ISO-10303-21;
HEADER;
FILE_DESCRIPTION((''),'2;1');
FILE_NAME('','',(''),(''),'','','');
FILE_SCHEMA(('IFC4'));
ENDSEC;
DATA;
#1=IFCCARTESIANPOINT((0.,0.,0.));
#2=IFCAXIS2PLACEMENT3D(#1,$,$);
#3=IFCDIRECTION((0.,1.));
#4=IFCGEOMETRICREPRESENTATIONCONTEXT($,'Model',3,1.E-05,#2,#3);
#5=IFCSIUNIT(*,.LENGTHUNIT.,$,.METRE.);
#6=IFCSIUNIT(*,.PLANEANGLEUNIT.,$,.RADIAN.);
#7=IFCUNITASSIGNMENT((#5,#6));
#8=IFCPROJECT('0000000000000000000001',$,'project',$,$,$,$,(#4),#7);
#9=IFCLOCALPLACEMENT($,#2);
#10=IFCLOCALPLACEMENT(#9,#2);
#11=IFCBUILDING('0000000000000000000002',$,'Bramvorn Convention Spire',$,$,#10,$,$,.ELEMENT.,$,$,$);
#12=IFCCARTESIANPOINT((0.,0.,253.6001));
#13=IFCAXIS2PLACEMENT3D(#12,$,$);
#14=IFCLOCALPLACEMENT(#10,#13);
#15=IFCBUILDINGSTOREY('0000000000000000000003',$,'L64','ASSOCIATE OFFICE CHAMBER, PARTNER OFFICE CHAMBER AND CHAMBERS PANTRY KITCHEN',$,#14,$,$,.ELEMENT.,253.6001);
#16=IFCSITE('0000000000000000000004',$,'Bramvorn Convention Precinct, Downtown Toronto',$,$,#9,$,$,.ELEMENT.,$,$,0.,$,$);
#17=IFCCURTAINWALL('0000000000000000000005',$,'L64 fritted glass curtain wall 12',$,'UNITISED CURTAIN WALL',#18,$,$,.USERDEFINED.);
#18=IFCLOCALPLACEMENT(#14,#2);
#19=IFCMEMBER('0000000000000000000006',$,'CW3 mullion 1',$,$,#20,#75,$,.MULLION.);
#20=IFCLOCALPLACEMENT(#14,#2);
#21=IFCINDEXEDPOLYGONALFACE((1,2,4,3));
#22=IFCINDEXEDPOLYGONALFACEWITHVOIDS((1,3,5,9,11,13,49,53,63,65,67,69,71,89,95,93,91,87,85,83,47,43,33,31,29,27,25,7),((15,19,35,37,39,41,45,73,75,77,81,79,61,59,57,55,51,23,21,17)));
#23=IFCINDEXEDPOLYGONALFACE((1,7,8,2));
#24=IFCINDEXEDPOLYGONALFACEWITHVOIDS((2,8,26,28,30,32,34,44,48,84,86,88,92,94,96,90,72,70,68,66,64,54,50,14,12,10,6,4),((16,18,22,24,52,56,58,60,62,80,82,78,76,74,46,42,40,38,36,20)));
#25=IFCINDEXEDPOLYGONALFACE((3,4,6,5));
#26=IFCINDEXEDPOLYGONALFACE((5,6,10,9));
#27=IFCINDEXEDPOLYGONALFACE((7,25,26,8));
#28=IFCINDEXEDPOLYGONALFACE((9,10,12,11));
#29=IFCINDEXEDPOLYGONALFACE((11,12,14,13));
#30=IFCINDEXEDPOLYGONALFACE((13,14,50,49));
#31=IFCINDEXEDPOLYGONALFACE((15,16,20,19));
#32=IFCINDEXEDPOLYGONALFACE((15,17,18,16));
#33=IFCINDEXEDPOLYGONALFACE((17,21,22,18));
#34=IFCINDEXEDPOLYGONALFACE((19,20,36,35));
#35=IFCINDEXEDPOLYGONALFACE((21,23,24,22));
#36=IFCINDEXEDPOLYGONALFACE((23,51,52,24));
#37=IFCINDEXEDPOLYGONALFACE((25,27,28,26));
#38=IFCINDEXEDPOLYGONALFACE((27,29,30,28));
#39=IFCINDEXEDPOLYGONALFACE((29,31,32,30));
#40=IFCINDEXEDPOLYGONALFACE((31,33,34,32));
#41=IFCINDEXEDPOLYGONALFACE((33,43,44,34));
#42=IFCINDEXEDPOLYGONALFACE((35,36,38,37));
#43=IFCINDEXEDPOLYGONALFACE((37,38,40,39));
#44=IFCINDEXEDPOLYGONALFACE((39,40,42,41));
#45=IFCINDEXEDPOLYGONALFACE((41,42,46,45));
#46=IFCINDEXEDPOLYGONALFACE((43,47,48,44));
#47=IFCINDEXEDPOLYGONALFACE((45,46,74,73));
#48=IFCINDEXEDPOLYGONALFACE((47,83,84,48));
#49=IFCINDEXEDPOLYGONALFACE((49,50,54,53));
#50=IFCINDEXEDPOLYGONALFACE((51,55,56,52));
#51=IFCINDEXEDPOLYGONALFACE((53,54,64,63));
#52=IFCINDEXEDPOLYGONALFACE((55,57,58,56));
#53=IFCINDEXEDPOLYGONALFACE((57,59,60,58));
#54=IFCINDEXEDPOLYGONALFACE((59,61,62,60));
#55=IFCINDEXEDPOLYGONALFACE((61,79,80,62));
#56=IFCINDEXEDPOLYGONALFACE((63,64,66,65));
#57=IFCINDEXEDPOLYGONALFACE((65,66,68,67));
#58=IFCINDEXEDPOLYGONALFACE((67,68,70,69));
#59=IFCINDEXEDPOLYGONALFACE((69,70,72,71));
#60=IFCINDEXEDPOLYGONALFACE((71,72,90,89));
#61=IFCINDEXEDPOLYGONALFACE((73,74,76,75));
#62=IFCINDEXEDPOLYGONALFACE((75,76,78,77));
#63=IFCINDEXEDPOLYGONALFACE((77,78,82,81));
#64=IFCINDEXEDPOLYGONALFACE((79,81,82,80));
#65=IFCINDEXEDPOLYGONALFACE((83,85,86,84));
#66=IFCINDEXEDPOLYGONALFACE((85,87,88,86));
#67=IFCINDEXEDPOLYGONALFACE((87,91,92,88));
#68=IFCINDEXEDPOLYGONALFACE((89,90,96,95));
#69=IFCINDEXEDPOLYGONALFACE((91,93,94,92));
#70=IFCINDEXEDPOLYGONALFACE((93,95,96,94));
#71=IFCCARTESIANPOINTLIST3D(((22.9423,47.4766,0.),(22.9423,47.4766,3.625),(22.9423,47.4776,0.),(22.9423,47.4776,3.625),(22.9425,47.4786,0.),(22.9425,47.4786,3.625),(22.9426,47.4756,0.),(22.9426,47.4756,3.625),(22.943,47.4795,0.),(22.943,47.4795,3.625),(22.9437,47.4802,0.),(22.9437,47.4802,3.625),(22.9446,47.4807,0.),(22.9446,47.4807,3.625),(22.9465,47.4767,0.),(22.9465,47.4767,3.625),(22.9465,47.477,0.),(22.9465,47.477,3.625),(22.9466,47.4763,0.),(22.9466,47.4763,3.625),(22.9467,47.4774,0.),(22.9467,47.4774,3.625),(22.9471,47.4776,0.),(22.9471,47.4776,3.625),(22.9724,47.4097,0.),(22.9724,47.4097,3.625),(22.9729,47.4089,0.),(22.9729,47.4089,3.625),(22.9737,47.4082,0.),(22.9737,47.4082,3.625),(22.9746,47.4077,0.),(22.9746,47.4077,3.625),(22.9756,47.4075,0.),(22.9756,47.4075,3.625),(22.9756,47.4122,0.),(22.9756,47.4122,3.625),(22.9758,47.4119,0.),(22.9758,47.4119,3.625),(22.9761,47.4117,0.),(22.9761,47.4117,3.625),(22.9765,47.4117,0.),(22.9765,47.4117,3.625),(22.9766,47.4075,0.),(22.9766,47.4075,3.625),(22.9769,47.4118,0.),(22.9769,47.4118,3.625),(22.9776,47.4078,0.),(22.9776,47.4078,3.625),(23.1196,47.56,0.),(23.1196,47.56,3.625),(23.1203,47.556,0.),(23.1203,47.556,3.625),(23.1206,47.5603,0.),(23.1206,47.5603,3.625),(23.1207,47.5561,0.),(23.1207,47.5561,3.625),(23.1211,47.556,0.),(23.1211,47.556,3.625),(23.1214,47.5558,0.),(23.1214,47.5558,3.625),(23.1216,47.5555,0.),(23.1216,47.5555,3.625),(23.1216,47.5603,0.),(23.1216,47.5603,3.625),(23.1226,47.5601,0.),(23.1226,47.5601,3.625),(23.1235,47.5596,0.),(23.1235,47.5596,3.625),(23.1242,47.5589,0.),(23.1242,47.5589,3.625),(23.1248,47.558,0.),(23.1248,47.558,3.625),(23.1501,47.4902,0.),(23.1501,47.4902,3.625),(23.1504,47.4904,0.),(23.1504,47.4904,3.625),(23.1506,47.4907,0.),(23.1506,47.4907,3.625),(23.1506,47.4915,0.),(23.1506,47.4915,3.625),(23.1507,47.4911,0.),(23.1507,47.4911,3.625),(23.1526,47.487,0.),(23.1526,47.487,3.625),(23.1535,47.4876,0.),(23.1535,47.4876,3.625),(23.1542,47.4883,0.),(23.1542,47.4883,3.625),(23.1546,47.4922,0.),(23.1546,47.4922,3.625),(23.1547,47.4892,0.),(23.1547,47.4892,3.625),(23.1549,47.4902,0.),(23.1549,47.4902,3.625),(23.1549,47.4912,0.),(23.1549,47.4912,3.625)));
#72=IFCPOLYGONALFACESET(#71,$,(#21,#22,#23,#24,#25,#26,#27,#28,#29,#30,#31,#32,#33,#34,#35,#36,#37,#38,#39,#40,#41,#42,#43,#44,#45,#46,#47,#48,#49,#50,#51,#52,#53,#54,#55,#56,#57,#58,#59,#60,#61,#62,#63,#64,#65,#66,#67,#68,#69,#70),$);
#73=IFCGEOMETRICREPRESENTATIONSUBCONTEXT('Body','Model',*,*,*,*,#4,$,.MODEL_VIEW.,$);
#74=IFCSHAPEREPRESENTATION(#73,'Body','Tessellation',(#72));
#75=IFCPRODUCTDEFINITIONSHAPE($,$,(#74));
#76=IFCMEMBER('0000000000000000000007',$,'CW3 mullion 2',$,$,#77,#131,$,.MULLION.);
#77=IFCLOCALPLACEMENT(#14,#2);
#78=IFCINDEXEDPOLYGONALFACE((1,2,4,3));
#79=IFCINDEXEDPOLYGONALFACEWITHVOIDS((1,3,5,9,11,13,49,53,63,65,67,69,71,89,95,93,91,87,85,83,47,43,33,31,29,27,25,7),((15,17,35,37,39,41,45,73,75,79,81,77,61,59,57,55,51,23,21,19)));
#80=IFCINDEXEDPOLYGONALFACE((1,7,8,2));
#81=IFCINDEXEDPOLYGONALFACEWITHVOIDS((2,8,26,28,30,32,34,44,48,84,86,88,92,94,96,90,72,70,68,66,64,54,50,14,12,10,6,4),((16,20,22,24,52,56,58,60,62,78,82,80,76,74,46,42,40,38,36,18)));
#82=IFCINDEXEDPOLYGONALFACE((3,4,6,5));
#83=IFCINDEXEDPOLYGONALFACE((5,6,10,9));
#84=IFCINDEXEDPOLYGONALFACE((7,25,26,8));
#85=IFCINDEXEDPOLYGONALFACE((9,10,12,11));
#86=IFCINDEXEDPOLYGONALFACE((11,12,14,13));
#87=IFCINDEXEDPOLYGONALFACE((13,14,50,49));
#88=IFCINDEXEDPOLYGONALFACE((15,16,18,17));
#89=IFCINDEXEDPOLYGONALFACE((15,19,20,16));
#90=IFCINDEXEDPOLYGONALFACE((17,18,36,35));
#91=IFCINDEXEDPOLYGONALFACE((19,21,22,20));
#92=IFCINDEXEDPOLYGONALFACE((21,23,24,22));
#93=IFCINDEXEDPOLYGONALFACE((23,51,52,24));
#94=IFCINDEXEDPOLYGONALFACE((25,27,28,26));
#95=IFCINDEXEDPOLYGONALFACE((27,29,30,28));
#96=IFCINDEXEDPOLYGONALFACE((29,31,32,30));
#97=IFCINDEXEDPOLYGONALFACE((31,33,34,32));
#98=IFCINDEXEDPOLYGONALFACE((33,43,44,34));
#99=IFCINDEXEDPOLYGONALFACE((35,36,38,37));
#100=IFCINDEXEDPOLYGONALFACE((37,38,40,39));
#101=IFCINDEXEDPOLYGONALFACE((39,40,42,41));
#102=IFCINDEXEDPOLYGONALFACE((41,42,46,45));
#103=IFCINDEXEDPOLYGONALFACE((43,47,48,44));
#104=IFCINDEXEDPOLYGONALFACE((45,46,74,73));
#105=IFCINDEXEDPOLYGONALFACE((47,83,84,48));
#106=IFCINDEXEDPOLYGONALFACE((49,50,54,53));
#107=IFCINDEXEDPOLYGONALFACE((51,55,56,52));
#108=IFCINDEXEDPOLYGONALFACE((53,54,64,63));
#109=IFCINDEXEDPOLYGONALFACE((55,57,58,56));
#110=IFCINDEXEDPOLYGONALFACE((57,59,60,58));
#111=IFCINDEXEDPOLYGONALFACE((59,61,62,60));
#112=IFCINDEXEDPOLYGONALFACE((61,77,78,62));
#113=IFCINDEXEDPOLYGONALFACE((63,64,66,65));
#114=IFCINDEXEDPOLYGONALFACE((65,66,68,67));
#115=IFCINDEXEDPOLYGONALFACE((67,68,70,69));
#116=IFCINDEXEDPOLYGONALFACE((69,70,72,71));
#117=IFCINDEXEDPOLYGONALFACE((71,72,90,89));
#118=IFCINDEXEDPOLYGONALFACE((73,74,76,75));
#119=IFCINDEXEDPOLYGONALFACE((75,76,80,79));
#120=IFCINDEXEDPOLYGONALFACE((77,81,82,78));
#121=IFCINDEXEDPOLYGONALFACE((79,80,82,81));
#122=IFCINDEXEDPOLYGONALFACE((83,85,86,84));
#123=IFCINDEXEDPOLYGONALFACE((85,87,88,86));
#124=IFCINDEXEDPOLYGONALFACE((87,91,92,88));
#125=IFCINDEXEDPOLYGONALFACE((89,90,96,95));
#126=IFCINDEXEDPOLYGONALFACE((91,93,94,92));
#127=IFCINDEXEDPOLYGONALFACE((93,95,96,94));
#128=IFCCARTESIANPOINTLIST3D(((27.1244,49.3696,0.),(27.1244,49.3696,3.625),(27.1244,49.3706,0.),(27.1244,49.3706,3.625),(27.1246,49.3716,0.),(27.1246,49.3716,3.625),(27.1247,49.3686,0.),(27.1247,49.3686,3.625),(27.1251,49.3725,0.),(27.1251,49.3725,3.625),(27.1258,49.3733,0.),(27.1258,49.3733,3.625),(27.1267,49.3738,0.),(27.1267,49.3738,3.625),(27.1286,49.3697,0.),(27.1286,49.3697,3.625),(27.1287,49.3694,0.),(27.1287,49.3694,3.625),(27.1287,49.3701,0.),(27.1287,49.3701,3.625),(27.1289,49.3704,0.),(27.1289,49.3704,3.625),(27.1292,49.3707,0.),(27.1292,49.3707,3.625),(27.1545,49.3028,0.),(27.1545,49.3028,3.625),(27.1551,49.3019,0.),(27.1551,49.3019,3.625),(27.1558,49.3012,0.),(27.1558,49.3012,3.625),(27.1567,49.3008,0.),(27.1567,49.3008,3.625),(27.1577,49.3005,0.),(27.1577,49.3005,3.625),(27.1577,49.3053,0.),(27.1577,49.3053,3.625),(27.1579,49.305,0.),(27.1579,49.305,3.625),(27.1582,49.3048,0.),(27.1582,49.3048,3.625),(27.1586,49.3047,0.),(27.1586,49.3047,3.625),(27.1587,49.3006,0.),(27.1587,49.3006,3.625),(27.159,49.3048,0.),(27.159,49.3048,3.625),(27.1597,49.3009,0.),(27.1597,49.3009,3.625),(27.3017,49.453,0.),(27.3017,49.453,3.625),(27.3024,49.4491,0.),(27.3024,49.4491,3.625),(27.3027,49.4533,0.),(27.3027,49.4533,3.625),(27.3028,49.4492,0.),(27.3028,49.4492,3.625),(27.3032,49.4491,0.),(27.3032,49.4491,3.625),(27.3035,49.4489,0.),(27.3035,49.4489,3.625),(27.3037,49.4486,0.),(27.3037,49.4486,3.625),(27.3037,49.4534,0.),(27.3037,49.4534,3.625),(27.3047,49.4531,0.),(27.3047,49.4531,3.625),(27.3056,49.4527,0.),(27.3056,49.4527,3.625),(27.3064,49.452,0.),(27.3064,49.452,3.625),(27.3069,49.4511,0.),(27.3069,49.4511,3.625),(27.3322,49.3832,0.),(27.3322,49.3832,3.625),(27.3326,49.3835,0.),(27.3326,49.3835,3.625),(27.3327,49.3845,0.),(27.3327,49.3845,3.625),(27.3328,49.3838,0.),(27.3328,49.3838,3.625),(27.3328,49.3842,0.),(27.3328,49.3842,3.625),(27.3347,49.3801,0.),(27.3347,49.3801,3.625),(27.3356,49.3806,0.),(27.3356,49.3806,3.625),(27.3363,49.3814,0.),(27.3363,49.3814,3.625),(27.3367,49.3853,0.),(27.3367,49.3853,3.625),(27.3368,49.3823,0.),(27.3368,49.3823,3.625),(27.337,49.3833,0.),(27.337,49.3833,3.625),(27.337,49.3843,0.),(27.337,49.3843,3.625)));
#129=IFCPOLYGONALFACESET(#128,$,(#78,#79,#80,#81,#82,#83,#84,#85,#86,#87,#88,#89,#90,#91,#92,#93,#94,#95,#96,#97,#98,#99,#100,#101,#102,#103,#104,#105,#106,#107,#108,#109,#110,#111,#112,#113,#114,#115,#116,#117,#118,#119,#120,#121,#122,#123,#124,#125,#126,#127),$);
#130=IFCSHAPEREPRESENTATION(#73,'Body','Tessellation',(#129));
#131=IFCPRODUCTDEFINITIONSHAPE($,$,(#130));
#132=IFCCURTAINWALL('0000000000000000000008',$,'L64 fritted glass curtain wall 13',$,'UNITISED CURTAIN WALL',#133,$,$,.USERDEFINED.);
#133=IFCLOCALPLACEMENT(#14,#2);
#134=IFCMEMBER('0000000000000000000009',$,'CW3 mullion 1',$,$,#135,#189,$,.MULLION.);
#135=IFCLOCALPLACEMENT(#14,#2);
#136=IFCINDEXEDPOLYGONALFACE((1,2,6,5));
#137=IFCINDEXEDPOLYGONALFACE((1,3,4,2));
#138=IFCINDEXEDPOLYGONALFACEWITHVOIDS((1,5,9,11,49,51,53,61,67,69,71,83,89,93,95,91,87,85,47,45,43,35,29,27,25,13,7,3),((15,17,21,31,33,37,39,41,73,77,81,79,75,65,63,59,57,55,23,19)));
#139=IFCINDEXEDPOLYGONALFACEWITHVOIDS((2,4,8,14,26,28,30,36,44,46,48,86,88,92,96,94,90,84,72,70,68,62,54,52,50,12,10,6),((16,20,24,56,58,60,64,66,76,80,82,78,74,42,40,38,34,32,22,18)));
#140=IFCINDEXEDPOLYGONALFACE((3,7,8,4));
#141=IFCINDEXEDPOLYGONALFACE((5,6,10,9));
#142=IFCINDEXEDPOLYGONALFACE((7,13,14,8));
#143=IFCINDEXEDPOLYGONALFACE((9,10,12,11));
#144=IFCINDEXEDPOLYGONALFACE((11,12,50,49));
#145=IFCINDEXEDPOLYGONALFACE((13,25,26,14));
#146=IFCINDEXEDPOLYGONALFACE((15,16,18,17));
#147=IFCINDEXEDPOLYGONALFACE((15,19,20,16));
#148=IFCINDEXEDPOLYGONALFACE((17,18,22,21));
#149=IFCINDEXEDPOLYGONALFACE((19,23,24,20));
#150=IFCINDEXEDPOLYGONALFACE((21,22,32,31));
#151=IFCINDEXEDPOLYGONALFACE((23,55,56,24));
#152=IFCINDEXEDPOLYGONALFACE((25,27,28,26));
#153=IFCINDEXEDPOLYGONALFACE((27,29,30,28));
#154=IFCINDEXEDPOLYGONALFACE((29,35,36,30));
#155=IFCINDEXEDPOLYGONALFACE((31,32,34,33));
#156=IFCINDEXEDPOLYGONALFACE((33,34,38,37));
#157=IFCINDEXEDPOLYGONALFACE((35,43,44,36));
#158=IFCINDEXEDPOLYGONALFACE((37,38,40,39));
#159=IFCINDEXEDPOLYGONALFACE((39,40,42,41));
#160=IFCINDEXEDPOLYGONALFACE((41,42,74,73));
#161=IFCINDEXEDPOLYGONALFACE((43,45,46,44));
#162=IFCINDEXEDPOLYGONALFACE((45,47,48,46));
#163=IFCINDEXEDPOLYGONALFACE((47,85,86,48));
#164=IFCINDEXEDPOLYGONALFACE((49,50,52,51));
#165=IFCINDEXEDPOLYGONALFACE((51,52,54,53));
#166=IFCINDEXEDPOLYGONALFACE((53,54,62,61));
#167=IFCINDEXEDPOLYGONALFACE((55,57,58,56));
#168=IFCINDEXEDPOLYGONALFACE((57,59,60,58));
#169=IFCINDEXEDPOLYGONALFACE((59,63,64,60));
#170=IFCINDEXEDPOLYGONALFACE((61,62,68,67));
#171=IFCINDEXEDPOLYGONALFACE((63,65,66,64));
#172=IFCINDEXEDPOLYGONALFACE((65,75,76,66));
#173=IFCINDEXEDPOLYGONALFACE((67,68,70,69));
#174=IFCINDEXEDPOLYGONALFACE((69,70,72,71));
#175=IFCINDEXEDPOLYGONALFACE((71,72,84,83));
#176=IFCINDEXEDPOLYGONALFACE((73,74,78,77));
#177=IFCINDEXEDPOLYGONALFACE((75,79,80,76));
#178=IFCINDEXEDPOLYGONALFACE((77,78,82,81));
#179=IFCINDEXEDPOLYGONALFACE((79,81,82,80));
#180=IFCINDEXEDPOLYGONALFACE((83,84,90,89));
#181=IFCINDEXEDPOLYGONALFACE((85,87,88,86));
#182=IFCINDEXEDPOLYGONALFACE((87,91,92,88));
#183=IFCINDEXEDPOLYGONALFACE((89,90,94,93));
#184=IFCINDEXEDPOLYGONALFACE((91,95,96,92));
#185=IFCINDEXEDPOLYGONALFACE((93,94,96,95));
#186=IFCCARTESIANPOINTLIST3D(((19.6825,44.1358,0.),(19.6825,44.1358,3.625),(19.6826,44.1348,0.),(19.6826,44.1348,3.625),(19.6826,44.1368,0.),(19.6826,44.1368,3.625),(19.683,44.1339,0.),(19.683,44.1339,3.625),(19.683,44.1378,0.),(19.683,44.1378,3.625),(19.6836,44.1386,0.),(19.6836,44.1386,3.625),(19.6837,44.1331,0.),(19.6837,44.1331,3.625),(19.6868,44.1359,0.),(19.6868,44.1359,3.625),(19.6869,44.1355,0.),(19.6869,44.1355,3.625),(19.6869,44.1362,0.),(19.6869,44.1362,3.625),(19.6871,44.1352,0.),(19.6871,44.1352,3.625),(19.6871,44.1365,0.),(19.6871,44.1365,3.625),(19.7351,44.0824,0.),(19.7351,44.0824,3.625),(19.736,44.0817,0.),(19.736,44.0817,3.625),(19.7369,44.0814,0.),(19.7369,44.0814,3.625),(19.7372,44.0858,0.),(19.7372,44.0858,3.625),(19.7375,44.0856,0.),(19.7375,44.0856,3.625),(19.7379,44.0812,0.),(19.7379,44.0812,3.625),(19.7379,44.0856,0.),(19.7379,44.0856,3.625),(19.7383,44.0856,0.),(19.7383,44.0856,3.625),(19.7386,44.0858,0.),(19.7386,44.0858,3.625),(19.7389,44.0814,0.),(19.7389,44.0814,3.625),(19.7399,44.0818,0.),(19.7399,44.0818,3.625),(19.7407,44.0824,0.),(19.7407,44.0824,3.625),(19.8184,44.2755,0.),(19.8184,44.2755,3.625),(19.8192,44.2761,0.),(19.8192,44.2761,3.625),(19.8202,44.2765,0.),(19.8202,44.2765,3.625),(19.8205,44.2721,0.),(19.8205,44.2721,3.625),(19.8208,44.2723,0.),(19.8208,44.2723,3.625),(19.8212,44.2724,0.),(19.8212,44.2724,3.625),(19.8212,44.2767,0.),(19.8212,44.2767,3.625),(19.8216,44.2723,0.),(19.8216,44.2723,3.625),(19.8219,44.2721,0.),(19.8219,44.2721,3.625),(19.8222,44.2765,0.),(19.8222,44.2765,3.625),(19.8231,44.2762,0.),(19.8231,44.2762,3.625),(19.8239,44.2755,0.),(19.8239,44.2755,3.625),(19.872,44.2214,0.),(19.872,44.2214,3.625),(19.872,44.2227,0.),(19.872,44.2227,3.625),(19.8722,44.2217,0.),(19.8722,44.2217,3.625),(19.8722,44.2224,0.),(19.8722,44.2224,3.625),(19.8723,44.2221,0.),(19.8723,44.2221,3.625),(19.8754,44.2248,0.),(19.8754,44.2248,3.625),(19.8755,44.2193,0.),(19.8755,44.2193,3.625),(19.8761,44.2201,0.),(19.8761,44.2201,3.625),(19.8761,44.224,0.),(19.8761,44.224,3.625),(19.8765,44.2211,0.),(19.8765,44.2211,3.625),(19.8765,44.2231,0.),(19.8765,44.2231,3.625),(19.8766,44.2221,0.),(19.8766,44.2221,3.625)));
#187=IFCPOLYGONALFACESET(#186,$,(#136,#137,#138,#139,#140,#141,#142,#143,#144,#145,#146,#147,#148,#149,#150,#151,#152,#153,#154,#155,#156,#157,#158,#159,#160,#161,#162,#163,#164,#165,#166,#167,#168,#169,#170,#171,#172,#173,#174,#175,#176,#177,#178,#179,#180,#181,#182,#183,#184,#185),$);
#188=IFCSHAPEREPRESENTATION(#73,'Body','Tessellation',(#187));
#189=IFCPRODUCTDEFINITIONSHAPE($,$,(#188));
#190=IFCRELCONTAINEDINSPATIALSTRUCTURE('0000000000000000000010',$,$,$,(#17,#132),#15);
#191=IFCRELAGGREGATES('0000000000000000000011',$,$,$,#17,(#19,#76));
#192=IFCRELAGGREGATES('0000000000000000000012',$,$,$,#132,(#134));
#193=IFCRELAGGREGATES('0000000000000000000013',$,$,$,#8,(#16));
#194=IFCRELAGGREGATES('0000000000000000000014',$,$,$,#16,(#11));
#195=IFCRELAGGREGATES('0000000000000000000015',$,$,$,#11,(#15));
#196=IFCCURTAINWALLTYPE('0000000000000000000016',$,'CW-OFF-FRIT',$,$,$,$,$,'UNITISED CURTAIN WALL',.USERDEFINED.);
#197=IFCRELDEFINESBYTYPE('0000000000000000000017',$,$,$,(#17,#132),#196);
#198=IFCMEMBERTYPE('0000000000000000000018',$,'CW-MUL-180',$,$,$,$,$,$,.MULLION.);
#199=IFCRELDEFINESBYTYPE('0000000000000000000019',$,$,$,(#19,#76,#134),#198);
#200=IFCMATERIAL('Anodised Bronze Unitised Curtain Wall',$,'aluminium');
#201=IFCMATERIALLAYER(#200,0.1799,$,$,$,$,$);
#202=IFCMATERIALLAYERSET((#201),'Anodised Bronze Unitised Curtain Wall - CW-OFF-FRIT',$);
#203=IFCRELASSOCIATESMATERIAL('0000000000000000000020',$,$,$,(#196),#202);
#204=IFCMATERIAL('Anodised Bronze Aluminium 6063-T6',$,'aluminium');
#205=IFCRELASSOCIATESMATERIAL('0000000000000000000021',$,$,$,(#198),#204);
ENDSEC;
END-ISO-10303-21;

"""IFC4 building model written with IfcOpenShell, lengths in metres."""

from ifc_helpers import new_model, si_unit, direction, frame, origin, origin_2d, place, context, subcontext, project, spatial, hollow_rectangle, extrude, material, layer, layer_set, material_profile, profile_set, type_object, element, aggregate, save


model = new_model("IFC4")

# Units and contexts
model_context = context("Model", 3, precision=1e-05, world=origin(), true_north=direction((0.0, 1.0)))
body_context = subcontext(model_context, "Body", "Model", "MODEL_VIEW")
ifc_project = project(units=[si_unit("LENGTHUNIT", "METRE"), si_unit("PLANEANGLEUNIT", "RADIAN")], contexts=[model_context])

# Site, building, storey
site_placement = place(None, origin())
site = spatial("IfcSite", under=ifc_project, at=site_placement, Name="Bramvorn Convention Precinct, Downtown Toronto", CompositionType="ELEMENT", RefElevation=0.0)
building_placement = place(site_placement, origin())
building = spatial("IfcBuilding", under=site, at=building_placement, Name="Bramvorn Convention Spire", CompositionType="ELEMENT")
storey_placement = place(building_placement, frame((0.0, 0.0, 253.6001)))
storey = spatial("IfcBuildingStorey", under=building, at=storey_placement, Name="L64", Description="ASSOCIATE OFFICE CHAMBER, PARTNER OFFICE CHAMBER AND CHAMBERS PANTRY KITCHEN", CompositionType="ELEMENT", Elevation=253.6001)

# Curtain walls, members
ifc_material_1 = material(Name="Anodised Bronze Unitised Curtain Wall", Category="aluminium")
ifc_layer_1 = layer(ifc_material_1, 0.1799)
ifc_layer_set_1 = layer_set([ifc_layer_1], Name="Anodised Bronze Unitised Curtain Wall - CW-OFF-FRIT")
curtain_wall_type = type_object("IfcCurtainWallType", Name="CW-OFF-FRIT", ElementType="UNITISED CURTAIN WALL", PredefinedType="USERDEFINED", material=ifc_layer_set_1)
curtain_wall_1_placement = place(storey_placement, origin())
curtain_wall_1 = element("IfcCurtainWall", 1, at=curtain_wall_1_placement, inside=storey, type_object=curtain_wall_type, Name="L64 fritted glass curtain wall 12", ObjectType="UNITISED CURTAIN WALL", PredefinedType="USERDEFINED")
ifc_material_2 = material(Name="Anodised Bronze Aluminium 6063-T6", Category="aluminium")
ifc_material_profile_1 = material_profile(ifc_material_2, hollow_rectangle(XDim=0.0801, YDim=0.2, WallThickness=0.0039, InnerFilletRadius=0.001, OuterFilletRadius=0.0039, at=origin_2d()))
ifc_profile_set_1 = profile_set([ifc_material_profile_1], Name="Anodised Bronze Aluminium 6063-T6 - CWM80X200")
member_type_1 = type_object("IfcMemberType", Name="CW-MUL-180", PredefinedType="MULLION", material=ifc_profile_set_1)
member_1_placement = place(storey_placement, frame((23.0486, 47.4839, 0.0), z_axis=(0.0, 0.0, 1.0), x_axis=(-0.412374, 0.911015, 0.0)))
member_1 = element("IfcMember", 2, at=member_1_placement, type_object=member_type_1, Name="CW3 mullion 1", PredefinedType="MULLION", context=body_context, shape_type="SweptSolid", body=[
    extrude(hollow_rectangle(XDim=0.0801, YDim=0.2, WallThickness=0.0039, InnerFilletRadius=0.001, OuterFilletRadius=0.0039, at=origin_2d()), origin(), (0.0, 0.0, 1.0), 3.625),
])
member_2_placement = place(storey_placement, frame((27.2307, 49.377, 0.0), z_axis=(0.0, 0.0, 1.0), x_axis=(-0.412374, 0.911015, 0.0)))
member_2 = element("IfcMember", 3, at=member_2_placement, type_object=member_type_1, Name="CW3 mullion 2", PredefinedType="MULLION", context=body_context, shape_type="SweptSolid", body=[
    extrude(hollow_rectangle(XDim=0.0801, YDim=0.2, WallThickness=0.0039, InnerFilletRadius=0.001, OuterFilletRadius=0.0039, at=origin_2d()), origin(), (0.0, 0.0, 1.0), 3.625),
])
curtain_wall_2_placement = place(storey_placement, origin())
curtain_wall_2 = element("IfcCurtainWall", 4, at=curtain_wall_2_placement, inside=storey, type_object=curtain_wall_type, Name="L64 fritted glass curtain wall 13", ObjectType="UNITISED CURTAIN WALL", PredefinedType="USERDEFINED")
member_3_placement = place(storey_placement, frame((19.7795, 44.179, 0.0), z_axis=(0.0, 0.0, 1.0), x_axis=(-0.71259, 0.701581, 0.0)))
member_3 = element("IfcMember", 5, at=member_3_placement, type_object=member_type_1, Name="CW3 mullion 1", PredefinedType="MULLION", context=body_context, shape_type="SweptSolid", body=[
    extrude(hollow_rectangle(XDim=0.0801, YDim=0.2, WallThickness=0.0039, InnerFilletRadius=0.001, OuterFilletRadius=0.0039, at=origin_2d()), origin(), (0.0, 0.0, 1.0), 3.625),
])

aggregate(curtain_wall_1, [member_1, member_2])
aggregate(curtain_wall_2, [member_3])

save(model, "model.ifc")
